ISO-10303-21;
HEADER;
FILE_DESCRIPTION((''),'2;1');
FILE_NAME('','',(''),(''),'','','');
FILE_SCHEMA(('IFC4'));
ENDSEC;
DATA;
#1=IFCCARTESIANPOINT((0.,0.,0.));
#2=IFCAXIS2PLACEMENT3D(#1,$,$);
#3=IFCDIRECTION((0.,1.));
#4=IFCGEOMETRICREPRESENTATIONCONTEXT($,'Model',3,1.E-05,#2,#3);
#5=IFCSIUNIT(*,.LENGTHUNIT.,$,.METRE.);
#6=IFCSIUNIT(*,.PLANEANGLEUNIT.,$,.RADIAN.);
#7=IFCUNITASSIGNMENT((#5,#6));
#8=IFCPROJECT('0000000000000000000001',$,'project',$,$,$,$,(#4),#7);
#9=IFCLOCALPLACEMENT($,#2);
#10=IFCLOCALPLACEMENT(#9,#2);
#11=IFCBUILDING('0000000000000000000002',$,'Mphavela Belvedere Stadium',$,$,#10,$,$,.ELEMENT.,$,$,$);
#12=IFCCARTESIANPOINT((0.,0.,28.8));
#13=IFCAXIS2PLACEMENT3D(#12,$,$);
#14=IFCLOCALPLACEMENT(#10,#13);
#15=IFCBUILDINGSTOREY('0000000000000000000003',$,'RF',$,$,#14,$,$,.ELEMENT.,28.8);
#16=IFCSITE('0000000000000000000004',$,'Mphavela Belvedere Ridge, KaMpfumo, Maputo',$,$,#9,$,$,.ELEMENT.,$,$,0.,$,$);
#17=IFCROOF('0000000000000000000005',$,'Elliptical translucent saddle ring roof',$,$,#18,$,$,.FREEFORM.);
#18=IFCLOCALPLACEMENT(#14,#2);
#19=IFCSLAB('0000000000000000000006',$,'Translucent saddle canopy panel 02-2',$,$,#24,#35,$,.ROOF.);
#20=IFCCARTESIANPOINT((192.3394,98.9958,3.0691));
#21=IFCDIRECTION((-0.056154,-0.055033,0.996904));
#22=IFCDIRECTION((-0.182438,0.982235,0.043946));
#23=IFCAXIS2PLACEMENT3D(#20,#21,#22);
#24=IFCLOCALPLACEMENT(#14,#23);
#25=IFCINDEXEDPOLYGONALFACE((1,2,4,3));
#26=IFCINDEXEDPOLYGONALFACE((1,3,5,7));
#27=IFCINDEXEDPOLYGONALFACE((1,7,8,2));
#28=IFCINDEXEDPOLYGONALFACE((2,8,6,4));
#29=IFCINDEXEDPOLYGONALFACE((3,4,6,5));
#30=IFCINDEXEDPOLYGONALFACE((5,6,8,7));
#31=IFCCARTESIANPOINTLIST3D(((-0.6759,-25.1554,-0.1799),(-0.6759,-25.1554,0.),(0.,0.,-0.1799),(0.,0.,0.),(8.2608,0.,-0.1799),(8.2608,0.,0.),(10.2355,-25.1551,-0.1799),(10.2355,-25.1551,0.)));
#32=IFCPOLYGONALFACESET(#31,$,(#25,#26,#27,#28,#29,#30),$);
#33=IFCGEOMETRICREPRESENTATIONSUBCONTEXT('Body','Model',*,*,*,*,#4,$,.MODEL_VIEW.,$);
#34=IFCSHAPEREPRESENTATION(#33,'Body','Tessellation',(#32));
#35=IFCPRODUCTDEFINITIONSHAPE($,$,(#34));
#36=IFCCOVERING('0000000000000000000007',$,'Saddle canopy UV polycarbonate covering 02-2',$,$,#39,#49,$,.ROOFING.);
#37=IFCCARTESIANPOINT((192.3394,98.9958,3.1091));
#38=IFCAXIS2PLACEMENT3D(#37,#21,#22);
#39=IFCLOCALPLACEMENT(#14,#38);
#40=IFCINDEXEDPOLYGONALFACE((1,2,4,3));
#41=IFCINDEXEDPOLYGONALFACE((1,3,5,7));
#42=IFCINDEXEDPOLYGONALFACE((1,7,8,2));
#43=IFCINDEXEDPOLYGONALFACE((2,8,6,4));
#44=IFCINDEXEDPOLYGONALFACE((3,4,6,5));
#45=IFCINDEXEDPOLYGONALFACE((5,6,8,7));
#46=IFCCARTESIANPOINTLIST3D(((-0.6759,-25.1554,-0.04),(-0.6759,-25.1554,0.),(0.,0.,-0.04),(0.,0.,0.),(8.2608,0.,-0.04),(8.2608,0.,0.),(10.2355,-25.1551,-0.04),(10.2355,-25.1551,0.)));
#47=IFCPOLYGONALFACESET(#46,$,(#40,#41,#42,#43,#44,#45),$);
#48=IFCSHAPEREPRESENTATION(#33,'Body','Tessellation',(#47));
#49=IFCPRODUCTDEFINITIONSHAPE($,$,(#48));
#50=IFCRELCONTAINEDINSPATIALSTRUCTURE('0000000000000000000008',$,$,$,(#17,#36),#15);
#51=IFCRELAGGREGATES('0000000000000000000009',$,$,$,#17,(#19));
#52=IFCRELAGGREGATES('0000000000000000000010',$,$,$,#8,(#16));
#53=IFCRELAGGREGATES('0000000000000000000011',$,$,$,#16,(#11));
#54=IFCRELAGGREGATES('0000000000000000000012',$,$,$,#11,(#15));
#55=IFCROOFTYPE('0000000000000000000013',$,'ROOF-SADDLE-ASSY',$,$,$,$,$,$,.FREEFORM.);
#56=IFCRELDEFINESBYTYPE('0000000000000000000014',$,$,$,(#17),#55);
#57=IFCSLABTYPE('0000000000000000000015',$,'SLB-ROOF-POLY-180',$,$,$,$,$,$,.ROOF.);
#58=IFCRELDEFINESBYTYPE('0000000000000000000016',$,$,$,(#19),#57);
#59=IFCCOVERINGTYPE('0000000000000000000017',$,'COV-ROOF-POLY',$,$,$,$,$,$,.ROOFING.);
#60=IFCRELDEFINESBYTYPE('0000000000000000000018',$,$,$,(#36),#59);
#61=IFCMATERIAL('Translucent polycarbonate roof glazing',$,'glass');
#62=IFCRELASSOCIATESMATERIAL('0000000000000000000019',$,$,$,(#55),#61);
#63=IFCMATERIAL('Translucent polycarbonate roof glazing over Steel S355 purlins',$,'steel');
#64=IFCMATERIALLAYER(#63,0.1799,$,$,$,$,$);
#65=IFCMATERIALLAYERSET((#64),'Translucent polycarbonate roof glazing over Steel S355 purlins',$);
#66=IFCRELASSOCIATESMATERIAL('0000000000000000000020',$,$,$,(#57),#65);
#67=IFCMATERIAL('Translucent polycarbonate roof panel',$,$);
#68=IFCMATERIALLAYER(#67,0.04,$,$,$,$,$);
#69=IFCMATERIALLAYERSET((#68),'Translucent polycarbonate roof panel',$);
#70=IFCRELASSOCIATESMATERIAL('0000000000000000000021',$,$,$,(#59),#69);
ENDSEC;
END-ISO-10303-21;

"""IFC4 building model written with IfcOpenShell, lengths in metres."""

from ifc_helpers import new_model, si_unit, direction, frame, origin, place, context, subcontext, project, spatial, polyline, outline, extrude, material, layer, layer_set, type_object, element, aggregate, save


model = new_model("IFC4")

# Units and contexts
model_context = context("Model", 3, precision=1e-05, world=origin(), true_north=direction((0.0, 1.0)))
body_context = subcontext(model_context, "Body", "Model", "MODEL_VIEW")
ifc_project = project(units=[si_unit("LENGTHUNIT", "METRE"), si_unit("PLANEANGLEUNIT", "RADIAN")], contexts=[model_context])

# Site, building, storey
site_placement = place(None, origin())
site = spatial("IfcSite", under=ifc_project, at=site_placement, Name="Mphavela Belvedere Ridge, KaMpfumo, Maputo", CompositionType="ELEMENT", RefElevation=0.0)
building_placement = place(site_placement, origin())
building = spatial("IfcBuilding", under=site, at=building_placement, Name="Mphavela Belvedere Stadium", CompositionType="ELEMENT")
storey_placement = place(building_placement, frame((0.0, 0.0, 28.8)))
storey = spatial("IfcBuildingStorey", under=building, at=storey_placement, Name="RF", CompositionType="ELEMENT", Elevation=28.8)

# Roof, slab
ifc_material_1 = material(Name="Translucent polycarbonate roof glazing", Category="glass")
roof_type = type_object("IfcRoofType", Name="ROOF-SADDLE-ASSY", PredefinedType="FREEFORM", material=ifc_material_1)
roof_placement = place(storey_placement, origin())
roof = element("IfcRoof", 1, at=roof_placement, inside=storey, type_object=roof_type, Name="Elliptical translucent saddle ring roof", PredefinedType="FREEFORM")
ifc_material_2 = material(Name="Translucent polycarbonate roof glazing over Steel S355 purlins", Category="steel")
ifc_layer_1 = layer(ifc_material_2, 0.1799)
ifc_layer_set_1 = layer_set([ifc_layer_1], Name="Translucent polycarbonate roof glazing over Steel S355 purlins")
slab_type = type_object("IfcSlabType", Name="SLB-ROOF-POLY-180", PredefinedType="ROOF", material=ifc_layer_set_1)
slab_1_placement = place(storey_placement, frame((192.3394, 98.9958, 3.0691), z_axis=(-0.056154, -0.055033, 0.996904), x_axis=(-0.182438, 0.982235, 0.043946)))
slab_1 = element("IfcSlab", 2, at=slab_1_placement, type_object=slab_type, Name="Translucent saddle canopy panel 02-2", PredefinedType="ROOF", context=body_context, shape_type="SweptSolid", body=[
    extrude(outline(polyline([(0.0, 0.0), (8.2608, 0.0), (10.2355, -25.1551), (-0.6759, -25.1554), (0.0, 0.0)])), origin(), (0.0, 0.0, -1.0), 0.1799),
])
aggregate(roof, [slab_1])

# Covering
ifc_material_3 = material(Name="Translucent polycarbonate roof panel")
ifc_layer_2 = layer(ifc_material_3, 0.04)
ifc_layer_set_2 = layer_set([ifc_layer_2], Name="Translucent polycarbonate roof panel")
covering_type = type_object("IfcCoveringType", Name="COV-ROOF-POLY", PredefinedType="ROOFING", material=ifc_layer_set_2)
covering_1_placement = place(storey_placement, frame((192.3394, 98.9958, 3.1091), z_axis=(-0.056154, -0.055033, 0.996904), x_axis=(-0.182438, 0.982235, 0.043946)))
element("IfcCovering", 3, at=covering_1_placement, inside=storey, type_object=covering_type, Name="Saddle canopy UV polycarbonate covering 02-2", PredefinedType="ROOFING", context=body_context, shape_type="SweptSolid", body=[
    extrude(outline(polyline([(0.0, 0.0), (8.2608, 0.0), (10.2355, -25.1551), (-0.6759, -25.1554), (0.0, 0.0)])), origin(), (0.0, 0.0, -1.0), 0.04),
])

save(model, "model.ifc")
